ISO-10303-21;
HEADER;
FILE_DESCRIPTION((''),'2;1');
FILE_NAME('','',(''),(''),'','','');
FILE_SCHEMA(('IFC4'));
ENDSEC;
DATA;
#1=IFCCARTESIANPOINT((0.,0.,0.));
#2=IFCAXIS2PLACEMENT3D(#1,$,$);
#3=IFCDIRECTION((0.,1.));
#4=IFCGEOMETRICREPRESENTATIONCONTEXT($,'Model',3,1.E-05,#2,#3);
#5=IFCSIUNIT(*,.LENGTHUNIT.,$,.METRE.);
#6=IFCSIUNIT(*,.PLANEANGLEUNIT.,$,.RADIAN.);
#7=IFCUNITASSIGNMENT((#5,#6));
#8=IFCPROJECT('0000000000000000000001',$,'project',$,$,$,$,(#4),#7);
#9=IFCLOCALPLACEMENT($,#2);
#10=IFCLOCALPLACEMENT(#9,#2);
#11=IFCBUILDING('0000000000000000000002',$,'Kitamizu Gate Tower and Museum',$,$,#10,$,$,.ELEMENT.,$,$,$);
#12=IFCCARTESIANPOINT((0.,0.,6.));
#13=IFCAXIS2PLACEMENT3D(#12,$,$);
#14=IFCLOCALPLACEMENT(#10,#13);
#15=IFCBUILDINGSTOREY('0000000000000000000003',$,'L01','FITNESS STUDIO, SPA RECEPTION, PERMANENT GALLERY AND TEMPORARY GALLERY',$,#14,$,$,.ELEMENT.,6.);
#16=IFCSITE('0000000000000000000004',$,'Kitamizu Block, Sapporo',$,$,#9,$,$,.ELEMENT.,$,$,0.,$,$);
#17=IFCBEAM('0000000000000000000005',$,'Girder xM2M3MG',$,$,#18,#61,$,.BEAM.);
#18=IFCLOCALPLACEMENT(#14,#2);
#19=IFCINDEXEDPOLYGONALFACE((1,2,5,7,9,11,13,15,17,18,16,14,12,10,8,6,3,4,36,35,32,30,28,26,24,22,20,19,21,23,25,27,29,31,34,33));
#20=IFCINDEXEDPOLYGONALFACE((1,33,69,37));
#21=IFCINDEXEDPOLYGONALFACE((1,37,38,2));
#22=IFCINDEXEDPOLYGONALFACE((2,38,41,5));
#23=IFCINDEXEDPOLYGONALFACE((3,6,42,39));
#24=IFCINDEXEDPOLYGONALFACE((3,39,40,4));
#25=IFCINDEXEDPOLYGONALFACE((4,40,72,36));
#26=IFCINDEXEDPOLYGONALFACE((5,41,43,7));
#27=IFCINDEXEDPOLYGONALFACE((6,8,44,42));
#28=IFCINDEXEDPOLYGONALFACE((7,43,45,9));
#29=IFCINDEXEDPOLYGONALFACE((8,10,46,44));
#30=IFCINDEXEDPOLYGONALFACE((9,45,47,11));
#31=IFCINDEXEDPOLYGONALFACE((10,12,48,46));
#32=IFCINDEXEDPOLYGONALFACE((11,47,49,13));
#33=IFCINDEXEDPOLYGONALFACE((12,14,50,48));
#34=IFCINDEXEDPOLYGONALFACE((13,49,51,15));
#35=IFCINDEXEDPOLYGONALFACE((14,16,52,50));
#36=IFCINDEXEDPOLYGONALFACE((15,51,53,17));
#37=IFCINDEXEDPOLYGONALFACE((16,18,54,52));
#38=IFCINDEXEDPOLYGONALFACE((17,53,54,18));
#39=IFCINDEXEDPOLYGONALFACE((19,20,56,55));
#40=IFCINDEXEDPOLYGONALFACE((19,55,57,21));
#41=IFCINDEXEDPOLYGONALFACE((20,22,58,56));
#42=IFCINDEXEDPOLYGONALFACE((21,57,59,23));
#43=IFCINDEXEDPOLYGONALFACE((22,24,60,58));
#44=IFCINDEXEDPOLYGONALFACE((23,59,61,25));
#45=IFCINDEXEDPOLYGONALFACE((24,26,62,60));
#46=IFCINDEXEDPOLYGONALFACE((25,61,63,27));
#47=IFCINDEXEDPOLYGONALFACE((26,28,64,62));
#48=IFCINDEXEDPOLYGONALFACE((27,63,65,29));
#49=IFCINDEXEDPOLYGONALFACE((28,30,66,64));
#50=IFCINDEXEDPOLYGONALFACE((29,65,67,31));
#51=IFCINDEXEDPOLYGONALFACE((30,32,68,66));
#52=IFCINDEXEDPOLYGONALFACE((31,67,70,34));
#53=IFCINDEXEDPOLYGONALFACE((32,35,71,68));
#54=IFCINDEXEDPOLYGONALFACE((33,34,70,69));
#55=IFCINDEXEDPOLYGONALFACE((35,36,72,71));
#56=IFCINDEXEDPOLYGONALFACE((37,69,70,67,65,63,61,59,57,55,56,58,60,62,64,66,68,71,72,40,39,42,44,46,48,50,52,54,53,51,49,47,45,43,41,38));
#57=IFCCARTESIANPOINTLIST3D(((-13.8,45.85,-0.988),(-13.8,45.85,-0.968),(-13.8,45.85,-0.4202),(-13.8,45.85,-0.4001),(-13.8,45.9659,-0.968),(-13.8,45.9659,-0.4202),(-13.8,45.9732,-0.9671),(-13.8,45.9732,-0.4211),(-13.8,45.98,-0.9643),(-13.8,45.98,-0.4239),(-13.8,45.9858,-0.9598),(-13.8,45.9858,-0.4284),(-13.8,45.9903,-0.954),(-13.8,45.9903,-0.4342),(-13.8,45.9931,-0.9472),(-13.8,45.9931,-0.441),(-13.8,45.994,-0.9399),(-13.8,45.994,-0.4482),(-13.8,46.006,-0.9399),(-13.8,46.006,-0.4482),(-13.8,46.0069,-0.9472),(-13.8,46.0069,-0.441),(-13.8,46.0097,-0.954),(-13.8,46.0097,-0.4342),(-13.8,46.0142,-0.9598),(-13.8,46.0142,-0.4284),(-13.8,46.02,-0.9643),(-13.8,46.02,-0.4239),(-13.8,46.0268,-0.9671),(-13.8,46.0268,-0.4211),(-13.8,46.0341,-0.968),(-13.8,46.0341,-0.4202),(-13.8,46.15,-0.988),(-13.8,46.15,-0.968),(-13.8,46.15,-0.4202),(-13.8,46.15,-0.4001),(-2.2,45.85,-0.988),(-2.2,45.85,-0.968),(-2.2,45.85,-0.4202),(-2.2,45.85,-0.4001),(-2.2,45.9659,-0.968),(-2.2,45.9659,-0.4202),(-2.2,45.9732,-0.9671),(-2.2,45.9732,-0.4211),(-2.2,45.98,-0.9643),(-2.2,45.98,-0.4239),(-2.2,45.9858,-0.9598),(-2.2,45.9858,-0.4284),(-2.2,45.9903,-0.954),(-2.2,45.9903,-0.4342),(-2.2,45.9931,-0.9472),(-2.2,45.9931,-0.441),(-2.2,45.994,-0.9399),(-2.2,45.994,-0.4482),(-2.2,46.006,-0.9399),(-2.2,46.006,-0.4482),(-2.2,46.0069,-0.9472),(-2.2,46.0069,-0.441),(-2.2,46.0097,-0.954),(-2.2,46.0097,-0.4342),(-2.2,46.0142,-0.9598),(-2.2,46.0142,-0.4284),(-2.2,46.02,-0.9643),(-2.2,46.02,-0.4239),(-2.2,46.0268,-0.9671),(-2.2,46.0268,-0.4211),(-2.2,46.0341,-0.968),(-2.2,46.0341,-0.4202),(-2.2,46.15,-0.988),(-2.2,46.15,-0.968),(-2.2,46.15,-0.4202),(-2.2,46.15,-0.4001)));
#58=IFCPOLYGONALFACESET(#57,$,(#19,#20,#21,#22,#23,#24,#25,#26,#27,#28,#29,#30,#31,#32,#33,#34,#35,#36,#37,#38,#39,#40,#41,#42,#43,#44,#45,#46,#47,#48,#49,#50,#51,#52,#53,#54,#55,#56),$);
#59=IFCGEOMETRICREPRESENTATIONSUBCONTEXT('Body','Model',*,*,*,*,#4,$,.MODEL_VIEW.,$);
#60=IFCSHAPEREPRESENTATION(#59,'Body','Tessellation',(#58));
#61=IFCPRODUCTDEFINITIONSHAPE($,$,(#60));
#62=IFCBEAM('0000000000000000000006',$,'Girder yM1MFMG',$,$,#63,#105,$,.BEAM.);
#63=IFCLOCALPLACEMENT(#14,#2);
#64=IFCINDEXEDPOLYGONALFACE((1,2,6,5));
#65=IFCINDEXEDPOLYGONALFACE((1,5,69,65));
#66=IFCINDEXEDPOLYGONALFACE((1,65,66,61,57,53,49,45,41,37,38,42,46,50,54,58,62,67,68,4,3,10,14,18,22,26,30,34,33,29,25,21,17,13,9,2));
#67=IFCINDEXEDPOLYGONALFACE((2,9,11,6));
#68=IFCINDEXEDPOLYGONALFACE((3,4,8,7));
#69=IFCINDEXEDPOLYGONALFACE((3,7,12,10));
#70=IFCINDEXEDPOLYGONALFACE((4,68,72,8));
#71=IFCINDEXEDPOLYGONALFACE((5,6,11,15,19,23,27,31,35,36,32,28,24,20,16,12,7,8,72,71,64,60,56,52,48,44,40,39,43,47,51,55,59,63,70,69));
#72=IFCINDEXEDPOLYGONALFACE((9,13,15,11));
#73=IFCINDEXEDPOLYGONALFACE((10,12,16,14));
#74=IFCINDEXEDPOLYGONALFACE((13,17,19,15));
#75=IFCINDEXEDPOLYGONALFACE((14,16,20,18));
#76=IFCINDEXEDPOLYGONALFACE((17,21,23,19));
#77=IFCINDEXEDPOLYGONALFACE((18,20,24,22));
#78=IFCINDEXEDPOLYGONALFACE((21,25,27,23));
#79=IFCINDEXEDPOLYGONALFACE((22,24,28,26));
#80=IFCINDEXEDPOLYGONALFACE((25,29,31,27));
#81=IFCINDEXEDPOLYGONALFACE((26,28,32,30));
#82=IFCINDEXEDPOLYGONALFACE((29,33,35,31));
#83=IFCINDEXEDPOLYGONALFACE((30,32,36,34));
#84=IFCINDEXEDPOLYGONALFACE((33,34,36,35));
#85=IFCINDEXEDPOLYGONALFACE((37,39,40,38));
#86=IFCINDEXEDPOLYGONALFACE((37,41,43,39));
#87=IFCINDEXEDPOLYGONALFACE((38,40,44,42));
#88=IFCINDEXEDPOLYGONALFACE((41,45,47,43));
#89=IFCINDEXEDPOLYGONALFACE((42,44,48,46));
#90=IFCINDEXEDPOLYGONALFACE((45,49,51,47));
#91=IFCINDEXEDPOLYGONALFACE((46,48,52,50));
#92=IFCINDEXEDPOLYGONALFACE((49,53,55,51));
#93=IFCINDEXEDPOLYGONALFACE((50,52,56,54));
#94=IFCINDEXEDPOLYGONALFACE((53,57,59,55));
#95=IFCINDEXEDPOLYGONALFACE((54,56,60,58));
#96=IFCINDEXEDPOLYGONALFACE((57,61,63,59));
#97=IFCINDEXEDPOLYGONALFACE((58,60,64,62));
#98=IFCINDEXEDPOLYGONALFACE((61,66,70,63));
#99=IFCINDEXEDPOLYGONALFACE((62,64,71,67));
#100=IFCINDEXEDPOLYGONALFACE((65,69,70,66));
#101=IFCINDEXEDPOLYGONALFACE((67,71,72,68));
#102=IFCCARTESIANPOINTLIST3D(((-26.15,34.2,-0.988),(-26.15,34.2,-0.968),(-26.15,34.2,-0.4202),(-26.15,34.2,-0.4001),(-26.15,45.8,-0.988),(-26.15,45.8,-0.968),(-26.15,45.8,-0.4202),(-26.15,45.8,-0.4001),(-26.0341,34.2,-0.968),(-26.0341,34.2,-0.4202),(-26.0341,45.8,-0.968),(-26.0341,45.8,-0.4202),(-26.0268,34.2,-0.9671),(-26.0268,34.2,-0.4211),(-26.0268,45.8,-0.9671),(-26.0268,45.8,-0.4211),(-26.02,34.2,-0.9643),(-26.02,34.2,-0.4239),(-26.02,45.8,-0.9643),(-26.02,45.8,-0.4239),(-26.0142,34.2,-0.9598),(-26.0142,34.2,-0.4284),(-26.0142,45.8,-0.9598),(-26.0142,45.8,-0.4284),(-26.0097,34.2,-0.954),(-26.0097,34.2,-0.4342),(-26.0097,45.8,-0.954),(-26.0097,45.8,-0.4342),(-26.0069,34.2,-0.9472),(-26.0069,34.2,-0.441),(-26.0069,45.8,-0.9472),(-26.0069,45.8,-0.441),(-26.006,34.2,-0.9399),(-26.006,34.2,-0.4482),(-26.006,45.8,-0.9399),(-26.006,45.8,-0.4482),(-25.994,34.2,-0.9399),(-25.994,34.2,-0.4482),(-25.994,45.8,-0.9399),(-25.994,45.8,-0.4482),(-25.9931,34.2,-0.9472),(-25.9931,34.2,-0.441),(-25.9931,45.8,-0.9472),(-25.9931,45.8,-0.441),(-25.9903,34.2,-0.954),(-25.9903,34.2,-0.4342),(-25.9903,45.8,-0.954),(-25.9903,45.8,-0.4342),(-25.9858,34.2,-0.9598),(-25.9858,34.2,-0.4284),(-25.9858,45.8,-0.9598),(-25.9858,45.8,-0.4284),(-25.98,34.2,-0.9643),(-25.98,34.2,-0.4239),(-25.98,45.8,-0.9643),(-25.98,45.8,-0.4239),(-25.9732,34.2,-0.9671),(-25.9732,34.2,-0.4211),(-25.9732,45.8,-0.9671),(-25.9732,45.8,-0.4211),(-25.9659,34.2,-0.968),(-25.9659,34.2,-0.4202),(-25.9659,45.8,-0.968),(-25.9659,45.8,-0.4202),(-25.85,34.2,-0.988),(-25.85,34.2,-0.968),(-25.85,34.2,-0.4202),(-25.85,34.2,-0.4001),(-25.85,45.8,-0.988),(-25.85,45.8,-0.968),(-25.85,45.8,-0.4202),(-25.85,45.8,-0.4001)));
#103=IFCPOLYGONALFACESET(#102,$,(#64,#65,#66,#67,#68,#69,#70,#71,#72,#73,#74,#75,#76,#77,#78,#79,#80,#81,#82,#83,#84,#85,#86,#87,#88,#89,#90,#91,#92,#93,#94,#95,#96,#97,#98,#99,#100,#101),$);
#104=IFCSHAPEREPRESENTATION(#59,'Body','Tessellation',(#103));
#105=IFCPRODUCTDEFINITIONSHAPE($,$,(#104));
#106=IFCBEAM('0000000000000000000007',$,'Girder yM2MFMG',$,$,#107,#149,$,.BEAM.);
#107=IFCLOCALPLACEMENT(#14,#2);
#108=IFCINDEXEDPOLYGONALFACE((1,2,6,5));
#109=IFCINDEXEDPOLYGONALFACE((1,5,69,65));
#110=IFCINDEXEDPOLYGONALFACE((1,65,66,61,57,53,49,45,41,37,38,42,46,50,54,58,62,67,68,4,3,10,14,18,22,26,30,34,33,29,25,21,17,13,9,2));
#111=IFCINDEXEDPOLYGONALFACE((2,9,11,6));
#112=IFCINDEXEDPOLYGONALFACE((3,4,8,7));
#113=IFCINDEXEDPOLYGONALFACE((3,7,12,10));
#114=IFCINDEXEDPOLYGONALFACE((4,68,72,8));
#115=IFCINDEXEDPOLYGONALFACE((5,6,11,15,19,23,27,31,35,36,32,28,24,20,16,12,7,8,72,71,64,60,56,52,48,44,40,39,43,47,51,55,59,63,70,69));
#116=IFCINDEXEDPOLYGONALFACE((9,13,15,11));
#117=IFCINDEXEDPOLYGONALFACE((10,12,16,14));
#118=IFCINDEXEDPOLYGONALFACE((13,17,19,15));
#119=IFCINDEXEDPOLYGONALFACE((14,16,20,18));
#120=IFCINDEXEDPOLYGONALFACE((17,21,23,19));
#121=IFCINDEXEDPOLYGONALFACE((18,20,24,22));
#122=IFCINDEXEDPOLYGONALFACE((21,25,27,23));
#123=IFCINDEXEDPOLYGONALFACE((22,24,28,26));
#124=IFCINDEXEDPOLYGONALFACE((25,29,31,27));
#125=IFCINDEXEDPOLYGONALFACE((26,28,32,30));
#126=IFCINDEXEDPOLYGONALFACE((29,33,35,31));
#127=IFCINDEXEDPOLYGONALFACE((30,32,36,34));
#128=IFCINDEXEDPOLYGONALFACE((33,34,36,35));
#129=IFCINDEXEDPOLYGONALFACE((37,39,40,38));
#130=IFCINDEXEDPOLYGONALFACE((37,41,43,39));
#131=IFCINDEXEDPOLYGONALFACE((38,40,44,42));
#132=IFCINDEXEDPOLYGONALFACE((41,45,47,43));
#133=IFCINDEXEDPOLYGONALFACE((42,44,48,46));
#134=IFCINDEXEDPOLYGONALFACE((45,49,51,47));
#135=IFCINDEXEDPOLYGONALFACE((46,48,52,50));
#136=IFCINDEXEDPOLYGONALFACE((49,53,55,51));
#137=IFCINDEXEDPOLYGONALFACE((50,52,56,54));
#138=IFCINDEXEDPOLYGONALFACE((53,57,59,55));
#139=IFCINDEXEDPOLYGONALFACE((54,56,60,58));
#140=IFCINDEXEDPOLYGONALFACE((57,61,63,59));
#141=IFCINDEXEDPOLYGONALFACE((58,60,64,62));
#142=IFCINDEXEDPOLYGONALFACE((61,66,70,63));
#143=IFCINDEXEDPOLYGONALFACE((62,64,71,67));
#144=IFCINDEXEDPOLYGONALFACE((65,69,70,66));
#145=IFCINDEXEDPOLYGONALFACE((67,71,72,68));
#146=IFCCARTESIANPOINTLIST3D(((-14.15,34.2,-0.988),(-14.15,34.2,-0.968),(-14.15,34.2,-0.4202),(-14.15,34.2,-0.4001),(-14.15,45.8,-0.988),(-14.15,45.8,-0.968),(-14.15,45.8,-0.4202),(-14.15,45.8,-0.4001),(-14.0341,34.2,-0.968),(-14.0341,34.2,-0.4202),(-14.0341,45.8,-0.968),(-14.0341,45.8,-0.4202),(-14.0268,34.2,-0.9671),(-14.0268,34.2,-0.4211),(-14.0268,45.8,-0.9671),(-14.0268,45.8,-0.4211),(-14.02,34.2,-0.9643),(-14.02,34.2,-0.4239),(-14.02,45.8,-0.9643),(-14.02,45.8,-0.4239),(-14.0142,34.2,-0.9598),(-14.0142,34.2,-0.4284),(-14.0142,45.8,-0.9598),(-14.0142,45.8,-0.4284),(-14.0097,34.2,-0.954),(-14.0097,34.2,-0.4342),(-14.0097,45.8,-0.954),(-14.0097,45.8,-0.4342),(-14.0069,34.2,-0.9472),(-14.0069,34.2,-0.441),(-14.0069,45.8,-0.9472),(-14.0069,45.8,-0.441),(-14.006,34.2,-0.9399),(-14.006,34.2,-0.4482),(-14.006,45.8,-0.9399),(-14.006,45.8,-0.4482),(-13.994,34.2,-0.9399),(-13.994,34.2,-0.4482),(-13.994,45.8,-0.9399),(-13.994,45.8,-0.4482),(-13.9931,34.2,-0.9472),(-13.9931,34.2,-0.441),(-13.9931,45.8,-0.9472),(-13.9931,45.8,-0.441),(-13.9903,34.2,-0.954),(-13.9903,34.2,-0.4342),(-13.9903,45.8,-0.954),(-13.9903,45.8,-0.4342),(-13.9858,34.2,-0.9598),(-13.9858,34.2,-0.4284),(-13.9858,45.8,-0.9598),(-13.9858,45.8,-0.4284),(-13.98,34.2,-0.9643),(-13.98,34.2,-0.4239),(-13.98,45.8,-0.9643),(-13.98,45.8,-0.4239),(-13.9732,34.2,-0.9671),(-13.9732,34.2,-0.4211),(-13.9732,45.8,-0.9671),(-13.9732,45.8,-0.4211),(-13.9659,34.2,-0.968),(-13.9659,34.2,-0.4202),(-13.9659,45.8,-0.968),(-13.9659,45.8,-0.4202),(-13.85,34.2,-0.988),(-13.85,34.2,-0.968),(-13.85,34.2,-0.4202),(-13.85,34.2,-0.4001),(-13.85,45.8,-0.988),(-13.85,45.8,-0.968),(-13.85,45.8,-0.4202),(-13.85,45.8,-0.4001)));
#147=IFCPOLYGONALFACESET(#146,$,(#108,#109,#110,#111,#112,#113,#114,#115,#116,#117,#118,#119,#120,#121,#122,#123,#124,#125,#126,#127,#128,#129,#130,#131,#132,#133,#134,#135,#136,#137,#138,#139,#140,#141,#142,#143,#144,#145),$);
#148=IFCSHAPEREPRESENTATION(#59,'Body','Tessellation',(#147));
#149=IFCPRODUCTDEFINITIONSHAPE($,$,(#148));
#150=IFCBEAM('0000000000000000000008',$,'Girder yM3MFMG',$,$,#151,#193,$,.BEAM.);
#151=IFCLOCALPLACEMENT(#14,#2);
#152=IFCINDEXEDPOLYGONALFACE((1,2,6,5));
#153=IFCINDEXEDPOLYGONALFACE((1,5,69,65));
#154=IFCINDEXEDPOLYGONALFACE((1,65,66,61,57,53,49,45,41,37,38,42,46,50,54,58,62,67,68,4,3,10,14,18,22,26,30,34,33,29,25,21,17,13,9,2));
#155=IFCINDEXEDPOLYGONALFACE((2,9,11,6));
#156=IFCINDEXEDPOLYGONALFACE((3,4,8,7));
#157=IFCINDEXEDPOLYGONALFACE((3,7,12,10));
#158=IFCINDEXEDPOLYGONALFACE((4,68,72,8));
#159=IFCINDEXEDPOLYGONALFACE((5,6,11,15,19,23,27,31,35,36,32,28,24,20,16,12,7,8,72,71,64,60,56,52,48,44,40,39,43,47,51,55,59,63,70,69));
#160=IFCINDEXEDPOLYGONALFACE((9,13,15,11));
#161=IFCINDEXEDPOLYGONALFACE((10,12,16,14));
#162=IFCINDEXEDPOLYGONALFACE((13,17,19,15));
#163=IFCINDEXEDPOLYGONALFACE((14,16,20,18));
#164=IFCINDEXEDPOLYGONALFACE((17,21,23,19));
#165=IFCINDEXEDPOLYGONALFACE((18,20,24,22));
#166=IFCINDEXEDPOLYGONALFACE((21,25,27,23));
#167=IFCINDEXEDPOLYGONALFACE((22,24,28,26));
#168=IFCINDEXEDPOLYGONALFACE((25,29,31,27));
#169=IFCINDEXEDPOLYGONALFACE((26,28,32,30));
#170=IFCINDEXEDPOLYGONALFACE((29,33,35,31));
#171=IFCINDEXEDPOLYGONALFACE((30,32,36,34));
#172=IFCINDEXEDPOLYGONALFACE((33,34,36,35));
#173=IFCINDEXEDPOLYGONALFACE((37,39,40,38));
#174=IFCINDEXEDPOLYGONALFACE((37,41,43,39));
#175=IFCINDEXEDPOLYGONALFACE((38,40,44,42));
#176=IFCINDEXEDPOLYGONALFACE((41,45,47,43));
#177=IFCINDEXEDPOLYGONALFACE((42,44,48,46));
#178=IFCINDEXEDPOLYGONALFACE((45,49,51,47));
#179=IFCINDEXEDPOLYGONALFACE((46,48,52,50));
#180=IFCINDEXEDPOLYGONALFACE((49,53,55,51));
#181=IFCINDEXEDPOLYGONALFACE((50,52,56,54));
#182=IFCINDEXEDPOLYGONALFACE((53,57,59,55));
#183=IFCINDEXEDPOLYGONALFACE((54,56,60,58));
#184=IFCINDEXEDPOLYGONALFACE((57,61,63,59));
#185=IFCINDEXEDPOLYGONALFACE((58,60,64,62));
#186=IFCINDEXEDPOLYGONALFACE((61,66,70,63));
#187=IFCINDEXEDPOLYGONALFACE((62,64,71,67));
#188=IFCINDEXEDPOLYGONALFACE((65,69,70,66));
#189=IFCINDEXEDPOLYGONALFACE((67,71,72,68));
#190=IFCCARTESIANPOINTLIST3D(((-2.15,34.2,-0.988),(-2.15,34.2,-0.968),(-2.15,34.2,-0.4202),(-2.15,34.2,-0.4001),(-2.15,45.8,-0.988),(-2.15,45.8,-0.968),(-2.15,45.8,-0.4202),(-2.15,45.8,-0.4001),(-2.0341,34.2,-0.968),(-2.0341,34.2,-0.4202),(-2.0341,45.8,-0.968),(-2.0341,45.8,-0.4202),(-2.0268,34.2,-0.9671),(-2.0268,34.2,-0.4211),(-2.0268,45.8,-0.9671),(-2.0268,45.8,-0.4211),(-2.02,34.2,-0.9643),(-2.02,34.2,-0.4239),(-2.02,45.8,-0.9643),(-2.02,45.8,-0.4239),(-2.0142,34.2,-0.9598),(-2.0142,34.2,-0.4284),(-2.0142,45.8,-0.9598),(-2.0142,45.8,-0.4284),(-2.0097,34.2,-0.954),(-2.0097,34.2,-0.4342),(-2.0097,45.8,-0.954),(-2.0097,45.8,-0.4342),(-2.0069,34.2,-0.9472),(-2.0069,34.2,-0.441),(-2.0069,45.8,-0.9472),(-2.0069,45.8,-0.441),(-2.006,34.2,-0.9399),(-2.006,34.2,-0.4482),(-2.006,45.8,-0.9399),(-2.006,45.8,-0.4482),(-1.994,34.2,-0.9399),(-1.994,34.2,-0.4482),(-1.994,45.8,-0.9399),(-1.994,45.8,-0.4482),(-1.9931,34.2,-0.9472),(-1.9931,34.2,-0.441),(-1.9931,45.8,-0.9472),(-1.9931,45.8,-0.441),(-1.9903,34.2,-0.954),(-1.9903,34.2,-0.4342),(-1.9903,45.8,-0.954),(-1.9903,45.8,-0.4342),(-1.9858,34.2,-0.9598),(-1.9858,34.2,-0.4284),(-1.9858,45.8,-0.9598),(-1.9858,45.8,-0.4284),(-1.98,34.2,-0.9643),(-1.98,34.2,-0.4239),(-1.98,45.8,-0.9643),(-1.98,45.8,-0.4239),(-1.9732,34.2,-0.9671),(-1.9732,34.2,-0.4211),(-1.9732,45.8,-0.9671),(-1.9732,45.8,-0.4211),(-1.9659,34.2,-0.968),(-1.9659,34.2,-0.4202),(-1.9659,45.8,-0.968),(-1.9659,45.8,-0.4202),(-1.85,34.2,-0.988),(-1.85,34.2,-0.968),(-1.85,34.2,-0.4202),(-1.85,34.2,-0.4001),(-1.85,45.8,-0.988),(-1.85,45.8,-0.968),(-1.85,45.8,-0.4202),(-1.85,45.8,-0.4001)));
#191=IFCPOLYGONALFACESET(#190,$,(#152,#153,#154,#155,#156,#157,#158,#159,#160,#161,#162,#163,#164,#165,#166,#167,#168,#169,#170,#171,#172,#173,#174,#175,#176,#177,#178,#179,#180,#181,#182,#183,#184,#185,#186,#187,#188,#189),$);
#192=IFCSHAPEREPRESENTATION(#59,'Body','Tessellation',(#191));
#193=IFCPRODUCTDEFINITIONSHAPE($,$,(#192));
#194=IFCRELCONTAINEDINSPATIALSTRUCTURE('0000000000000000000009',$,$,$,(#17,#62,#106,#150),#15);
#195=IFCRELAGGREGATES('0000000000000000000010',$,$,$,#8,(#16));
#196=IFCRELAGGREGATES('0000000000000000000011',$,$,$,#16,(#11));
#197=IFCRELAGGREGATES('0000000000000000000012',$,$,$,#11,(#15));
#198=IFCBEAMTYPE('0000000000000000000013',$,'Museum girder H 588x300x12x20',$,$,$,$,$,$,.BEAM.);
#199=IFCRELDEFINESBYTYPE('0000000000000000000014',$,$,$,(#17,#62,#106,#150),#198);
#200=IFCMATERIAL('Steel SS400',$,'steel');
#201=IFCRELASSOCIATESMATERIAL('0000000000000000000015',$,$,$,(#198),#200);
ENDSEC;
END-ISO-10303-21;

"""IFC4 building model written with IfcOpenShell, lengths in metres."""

from ifc_helpers import new_model, si_unit, direction, frame, origin, origin_2d, place, context, subcontext, project, spatial, i_section, extrude, material, material_profile, profile_set, type_object, element, save


model = new_model("IFC4")

# Units and contexts
model_context = context("Model", 3, precision=1e-05, world=origin(), true_north=direction((0.0, 1.0)))
body_context = subcontext(model_context, "Body", "Model", "MODEL_VIEW")
ifc_project = project(units=[si_unit("LENGTHUNIT", "METRE"), si_unit("PLANEANGLEUNIT", "RADIAN")], contexts=[model_context])

# Site, building, storey
site_placement = place(None, origin())
site = spatial("IfcSite", under=ifc_project, at=site_placement, Name="Kitamizu Block, Sapporo", CompositionType="ELEMENT", RefElevation=0.0)
building_placement = place(site_placement, origin())
building = spatial("IfcBuilding", under=site, at=building_placement, Name="Kitamizu Gate Tower and Museum", CompositionType="ELEMENT")
storey_placement = place(building_placement, frame((0.0, 0.0, 6.0)))
storey = spatial("IfcBuildingStorey", under=building, at=storey_placement, Name="L01", Description="FITNESS STUDIO, SPA RECEPTION, PERMANENT GALLERY AND TEMPORARY GALLERY", CompositionType="ELEMENT", Elevation=6.0)

# Beams
ifc_material_1 = material(Name="Steel SS400", Category="steel")
ifc_material_profile_1 = material_profile(ifc_material_1, i_section(OverallWidth=0.3, OverallDepth=0.5879, WebThickness=0.012, FlangeThickness=0.02, FilletRadius=0.0281, at=origin_2d()), Name="H-588x300x12x20")
ifc_profile_set_1 = profile_set([ifc_material_profile_1], Name="Steel SS400")
beam_type_1 = type_object("IfcBeamType", Name="Museum girder H 588x300x12x20", PredefinedType="BEAM", material=ifc_profile_set_1)
for number, where, z_axis, x_axis, name in (
    (1, (-13.8, 46.0, -0.6941), (1.0, 0.0, 0.0), (0.0, 1.0, 0.0), "Girder xM2M3MG"),
    (2, (-26.0, 34.2, -0.6941), (0.0, 1.0, 0.0), (-1.0, 0.0, 0.0), "Girder yM1MFMG"),
    (3, (-14.0, 34.2, -0.6941), (0.0, 1.0, 0.0), (-1.0, 0.0, 0.0), "Girder yM2MFMG"),
    (4, (-2.0, 34.2, -0.6941), (0.0, 1.0, 0.0), (-1.0, 0.0, 0.0), "Girder yM3MFMG"),
):
    element("IfcBeam", number, at=place(storey_placement, frame(where, z_axis=z_axis, x_axis=x_axis)), inside=storey, type_object=beam_type_1, Name=name, PredefinedType="BEAM", context=body_context, shape_type="SweptSolid", body=[
        extrude(i_section(OverallWidth=0.3, OverallDepth=0.5879, WebThickness=0.012, FlangeThickness=0.02, FilletRadius=0.0281, at=origin_2d()), origin(), (0.0, 0.0, 1.0), 11.6001),
    ])

save(model, "model.ifc")
